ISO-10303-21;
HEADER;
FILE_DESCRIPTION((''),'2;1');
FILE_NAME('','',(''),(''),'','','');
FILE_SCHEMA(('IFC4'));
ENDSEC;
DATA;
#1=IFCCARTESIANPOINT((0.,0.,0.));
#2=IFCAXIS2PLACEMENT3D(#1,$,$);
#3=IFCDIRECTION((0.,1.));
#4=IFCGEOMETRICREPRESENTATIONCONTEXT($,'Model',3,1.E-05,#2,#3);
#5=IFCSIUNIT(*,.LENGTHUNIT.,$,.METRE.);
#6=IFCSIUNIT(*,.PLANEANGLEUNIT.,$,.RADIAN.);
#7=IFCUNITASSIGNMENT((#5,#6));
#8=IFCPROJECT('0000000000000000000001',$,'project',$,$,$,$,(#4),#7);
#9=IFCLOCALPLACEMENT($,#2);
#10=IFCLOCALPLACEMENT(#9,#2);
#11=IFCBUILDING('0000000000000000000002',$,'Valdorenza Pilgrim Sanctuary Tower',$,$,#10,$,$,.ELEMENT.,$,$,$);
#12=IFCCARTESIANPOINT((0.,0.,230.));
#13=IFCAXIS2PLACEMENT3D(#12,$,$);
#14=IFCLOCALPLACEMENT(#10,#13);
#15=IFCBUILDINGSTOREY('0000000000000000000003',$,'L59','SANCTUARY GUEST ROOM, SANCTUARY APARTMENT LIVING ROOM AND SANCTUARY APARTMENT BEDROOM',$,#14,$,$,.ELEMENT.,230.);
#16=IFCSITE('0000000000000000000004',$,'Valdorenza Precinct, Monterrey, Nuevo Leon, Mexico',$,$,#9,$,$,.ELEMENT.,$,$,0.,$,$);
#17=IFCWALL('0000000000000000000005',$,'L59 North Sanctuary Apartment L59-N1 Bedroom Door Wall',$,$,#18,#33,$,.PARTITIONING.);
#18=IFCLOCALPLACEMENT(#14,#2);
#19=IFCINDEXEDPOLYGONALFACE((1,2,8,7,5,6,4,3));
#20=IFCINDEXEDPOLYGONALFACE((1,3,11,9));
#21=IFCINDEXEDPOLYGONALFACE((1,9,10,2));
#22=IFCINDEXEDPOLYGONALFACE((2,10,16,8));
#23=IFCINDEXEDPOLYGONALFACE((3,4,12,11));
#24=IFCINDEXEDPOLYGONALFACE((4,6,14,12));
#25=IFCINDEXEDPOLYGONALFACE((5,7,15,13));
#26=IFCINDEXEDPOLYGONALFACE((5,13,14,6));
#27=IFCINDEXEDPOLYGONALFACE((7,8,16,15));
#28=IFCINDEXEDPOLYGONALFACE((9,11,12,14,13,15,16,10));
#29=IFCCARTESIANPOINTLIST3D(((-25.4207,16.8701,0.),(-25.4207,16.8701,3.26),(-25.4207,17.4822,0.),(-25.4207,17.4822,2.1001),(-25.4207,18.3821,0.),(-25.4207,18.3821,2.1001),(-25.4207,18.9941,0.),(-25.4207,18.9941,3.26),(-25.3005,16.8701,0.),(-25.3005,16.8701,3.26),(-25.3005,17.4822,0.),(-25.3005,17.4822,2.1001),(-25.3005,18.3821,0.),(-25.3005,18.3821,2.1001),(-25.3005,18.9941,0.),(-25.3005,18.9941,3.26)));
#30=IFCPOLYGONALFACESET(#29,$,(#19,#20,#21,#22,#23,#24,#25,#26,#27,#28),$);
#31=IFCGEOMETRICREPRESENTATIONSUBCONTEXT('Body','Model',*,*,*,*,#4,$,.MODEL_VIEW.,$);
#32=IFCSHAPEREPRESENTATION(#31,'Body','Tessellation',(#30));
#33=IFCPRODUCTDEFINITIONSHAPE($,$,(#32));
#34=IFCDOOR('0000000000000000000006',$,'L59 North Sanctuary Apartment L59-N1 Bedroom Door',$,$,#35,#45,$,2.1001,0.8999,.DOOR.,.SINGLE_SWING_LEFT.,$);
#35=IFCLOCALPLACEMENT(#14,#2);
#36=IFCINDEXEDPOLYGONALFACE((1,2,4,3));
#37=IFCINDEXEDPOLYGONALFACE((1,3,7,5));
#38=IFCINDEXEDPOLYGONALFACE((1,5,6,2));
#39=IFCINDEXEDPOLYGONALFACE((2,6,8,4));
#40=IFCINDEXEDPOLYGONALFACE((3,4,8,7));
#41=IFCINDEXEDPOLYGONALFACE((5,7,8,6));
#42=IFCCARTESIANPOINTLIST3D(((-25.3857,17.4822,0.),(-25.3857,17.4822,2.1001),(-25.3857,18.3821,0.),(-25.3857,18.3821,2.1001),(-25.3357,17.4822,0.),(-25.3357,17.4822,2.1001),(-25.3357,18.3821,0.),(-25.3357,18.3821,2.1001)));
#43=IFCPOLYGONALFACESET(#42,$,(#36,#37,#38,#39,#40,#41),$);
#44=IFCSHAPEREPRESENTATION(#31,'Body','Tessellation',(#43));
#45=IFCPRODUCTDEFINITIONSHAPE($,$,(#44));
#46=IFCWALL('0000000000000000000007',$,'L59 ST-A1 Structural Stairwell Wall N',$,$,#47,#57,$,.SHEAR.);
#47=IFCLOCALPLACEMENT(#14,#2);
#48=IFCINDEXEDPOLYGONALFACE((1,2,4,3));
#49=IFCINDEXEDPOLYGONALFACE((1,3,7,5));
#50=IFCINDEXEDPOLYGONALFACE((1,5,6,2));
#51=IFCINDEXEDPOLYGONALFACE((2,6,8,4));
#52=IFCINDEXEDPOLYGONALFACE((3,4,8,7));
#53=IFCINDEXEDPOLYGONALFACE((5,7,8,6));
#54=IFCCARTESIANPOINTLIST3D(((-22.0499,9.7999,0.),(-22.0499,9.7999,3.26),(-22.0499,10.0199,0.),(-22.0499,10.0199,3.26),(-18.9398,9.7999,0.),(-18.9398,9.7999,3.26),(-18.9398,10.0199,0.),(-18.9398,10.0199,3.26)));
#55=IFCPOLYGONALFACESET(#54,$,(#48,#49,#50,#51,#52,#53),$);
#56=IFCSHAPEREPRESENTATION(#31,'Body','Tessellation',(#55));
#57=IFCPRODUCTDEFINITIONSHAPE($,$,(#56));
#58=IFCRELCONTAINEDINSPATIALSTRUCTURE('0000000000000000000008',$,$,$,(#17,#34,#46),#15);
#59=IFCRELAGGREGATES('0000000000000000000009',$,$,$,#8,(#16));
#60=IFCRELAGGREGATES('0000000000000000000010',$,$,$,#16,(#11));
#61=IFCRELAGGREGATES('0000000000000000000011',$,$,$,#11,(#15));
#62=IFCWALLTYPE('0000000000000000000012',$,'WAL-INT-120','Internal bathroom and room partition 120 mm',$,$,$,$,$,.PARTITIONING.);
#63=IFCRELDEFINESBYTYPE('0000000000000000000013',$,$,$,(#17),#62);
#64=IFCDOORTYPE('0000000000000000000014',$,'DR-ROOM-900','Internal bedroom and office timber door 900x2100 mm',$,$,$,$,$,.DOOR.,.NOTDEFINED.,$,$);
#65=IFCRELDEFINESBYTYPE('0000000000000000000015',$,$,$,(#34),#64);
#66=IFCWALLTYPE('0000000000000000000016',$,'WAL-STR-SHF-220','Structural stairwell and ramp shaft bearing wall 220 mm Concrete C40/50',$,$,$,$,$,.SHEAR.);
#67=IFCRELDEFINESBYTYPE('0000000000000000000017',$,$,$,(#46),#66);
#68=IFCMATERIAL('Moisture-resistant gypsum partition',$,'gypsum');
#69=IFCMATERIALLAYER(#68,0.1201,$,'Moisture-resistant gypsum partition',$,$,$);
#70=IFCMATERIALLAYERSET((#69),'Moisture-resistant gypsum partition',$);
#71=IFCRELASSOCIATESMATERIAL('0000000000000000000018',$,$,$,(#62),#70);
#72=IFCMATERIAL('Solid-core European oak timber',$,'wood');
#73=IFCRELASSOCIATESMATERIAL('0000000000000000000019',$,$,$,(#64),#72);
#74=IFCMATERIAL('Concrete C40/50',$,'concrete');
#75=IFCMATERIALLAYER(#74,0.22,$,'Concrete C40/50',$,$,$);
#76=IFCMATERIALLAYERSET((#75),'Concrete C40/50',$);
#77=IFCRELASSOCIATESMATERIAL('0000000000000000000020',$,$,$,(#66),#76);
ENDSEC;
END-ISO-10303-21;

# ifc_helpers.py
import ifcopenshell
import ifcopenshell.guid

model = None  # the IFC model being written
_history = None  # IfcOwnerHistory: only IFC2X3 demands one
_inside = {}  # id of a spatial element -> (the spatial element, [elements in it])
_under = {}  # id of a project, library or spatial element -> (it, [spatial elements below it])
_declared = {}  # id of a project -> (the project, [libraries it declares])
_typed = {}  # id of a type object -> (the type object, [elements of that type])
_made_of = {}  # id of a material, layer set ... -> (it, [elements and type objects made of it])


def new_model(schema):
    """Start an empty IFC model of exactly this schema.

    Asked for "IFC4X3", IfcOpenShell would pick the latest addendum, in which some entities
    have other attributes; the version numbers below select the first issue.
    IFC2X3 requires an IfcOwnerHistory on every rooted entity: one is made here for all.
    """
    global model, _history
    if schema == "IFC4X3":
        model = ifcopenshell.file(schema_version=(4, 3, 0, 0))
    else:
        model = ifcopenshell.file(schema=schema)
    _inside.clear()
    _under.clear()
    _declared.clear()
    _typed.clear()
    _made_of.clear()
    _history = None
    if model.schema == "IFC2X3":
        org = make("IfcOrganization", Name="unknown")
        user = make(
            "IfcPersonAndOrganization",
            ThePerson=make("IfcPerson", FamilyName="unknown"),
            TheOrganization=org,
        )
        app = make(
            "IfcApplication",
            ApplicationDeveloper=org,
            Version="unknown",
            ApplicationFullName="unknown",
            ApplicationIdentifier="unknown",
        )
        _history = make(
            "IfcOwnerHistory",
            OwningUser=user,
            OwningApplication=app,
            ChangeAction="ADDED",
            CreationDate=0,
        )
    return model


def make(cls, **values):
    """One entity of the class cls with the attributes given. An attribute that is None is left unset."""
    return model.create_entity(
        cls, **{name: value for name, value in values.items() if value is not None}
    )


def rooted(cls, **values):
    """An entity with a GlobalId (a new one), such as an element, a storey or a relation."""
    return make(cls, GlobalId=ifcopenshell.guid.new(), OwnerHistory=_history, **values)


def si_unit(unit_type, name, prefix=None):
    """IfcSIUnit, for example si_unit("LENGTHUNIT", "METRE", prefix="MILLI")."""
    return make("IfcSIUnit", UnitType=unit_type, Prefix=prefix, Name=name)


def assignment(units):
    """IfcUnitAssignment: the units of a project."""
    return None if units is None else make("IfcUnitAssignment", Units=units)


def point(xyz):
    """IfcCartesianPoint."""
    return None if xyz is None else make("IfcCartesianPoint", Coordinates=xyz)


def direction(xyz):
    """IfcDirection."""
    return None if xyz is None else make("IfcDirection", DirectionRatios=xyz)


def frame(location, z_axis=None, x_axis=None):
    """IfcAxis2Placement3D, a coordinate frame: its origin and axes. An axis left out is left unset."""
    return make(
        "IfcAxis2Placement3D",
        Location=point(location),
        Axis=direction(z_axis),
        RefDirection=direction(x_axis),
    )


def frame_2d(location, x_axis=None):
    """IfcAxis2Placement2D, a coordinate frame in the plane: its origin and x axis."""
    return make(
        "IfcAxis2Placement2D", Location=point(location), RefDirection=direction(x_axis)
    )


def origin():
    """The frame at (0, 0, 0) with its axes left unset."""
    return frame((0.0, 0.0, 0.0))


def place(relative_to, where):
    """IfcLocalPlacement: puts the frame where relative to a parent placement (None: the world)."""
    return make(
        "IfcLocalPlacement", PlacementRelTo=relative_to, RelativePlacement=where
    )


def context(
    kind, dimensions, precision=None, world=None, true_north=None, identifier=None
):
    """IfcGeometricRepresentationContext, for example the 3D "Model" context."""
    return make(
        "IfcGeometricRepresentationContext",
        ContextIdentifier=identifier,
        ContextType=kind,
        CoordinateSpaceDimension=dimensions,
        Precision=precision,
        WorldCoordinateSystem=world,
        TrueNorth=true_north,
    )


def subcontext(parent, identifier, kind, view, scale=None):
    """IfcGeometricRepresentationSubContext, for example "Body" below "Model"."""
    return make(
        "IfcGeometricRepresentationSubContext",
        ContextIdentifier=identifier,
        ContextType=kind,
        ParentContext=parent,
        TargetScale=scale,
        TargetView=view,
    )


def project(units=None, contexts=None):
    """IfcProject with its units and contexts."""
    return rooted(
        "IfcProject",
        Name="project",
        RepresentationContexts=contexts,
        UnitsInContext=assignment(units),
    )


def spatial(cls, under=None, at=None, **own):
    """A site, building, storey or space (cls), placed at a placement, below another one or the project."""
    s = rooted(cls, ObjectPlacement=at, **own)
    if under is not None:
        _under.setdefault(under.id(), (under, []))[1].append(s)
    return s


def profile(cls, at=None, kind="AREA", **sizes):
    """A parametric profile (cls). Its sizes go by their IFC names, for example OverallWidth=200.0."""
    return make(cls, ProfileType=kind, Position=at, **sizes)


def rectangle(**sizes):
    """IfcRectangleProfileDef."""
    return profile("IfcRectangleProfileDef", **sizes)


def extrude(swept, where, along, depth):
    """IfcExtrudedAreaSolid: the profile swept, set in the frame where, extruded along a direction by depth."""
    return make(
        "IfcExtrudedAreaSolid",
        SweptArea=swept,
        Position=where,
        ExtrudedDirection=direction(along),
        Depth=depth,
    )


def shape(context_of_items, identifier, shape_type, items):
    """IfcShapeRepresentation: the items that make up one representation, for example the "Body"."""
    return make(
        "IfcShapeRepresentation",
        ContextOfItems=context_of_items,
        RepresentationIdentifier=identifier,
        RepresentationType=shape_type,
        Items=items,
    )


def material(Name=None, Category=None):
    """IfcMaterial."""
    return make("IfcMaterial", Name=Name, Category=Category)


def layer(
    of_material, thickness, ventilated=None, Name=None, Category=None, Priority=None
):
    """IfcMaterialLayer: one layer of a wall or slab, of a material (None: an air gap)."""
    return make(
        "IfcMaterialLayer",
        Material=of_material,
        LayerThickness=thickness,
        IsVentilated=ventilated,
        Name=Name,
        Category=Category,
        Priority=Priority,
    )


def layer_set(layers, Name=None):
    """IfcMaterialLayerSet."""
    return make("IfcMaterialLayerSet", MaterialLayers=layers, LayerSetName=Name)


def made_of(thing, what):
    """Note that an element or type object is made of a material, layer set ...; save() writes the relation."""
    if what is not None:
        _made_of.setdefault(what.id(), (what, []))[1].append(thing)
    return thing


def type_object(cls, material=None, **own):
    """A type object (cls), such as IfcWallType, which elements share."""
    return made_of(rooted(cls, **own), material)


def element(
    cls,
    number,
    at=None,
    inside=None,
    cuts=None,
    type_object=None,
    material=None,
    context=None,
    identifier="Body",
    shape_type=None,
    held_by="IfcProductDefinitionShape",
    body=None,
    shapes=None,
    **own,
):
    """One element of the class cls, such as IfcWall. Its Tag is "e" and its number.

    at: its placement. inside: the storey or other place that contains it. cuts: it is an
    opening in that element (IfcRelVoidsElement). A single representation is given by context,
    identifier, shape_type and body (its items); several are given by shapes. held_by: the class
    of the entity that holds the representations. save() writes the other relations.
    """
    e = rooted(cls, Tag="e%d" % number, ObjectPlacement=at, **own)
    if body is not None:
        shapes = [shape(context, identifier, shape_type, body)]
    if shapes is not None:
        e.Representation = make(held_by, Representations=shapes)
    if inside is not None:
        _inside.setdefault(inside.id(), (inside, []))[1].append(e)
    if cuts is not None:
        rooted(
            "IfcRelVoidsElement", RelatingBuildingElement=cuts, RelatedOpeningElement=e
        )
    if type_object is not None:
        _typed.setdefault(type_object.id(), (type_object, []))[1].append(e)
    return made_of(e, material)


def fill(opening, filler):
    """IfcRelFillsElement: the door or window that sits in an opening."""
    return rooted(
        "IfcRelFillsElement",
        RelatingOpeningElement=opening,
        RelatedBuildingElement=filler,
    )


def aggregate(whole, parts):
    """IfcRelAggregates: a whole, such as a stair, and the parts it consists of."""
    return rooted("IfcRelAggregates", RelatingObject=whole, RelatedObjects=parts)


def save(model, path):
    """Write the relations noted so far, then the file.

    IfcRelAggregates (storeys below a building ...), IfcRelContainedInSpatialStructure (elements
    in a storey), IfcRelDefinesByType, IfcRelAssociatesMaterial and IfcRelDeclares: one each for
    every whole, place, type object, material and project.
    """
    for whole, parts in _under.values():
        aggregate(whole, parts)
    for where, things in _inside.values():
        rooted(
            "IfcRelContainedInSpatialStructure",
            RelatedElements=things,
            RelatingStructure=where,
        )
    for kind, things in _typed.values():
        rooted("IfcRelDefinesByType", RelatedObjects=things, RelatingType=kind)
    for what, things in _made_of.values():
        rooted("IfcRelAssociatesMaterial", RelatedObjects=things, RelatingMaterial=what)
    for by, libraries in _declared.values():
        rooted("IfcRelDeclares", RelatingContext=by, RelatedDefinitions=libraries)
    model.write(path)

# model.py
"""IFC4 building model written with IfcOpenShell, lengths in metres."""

from ifc_helpers import new_model, si_unit, direction, frame, frame_2d, origin, place, context, subcontext, project, spatial, rectangle, extrude, material, layer, layer_set, type_object, element, fill, save


model = new_model("IFC4")

# Units and contexts
model_context = context("Model", 3, precision=1e-05, world=origin(), true_north=direction((0.0, 1.0)))
body_context = subcontext(model_context, "Body", "Model", "MODEL_VIEW")
ifc_project = project(units=[si_unit("LENGTHUNIT", "METRE"), si_unit("PLANEANGLEUNIT", "RADIAN")], contexts=[model_context])

# Site, building, storey
site_placement = place(None, origin())
site = spatial("IfcSite", under=ifc_project, at=site_placement, Name="Valdorenza Precinct, Monterrey, Nuevo Leon, Mexico", CompositionType="ELEMENT", RefElevation=0.0)
building_placement = place(site_placement, origin())
building = spatial("IfcBuilding", under=site, at=building_placement, Name="Valdorenza Pilgrim Sanctuary Tower", CompositionType="ELEMENT")
storey_placement = place(building_placement, frame((0.0, 0.0, 230.0)))
storey = spatial("IfcBuildingStorey", under=building, at=storey_placement, Name="L59", Description="SANCTUARY GUEST ROOM, SANCTUARY APARTMENT LIVING ROOM AND SANCTUARY APARTMENT BEDROOM", CompositionType="ELEMENT", Elevation=230.0)

# Shared definitions
ifc_material_1 = material(Name="Moisture-resistant gypsum partition", Category="gypsum")
ifc_layer_1 = layer(ifc_material_1, 0.1201, Name="Moisture-resistant gypsum partition")
ifc_layer_set_1 = layer_set([ifc_layer_1], Name="Moisture-resistant gypsum partition")
wall_type_1 = type_object("IfcWallType", Name="WAL-INT-120", Description="Internal bathroom and room partition 120 mm", PredefinedType="PARTITIONING", material=ifc_layer_set_1)

# Wall, opening, door
ifc_material_2 = material(Name="Solid-core European oak timber", Category="wood")
door_type_1 = type_object("IfcDoorType", Name="DR-ROOM-900", Description="Internal bedroom and office timber door 900x2100 mm", OperationType="NOTDEFINED", PredefinedType="DOOR", material=ifc_material_2)
wall_1_placement = place(storey_placement, frame((-25.3606, 16.8701, 0.0), z_axis=(0.0, 0.0, 1.0), x_axis=(0.0, 1.0, 0.0)))
wall_1 = element("IfcWall", 1, at=wall_1_placement, inside=storey, type_object=wall_type_1, Name="L59 North Sanctuary Apartment L59-N1 Bedroom Door Wall", PredefinedType="PARTITIONING", context=body_context, shape_type="SweptSolid", body=[
    extrude(rectangle(XDim=2.124, YDim=0.1201, at=frame_2d((1.062, 0.0))), origin(), (0.0, 0.0, 1.0), 3.26),
])
opening_1_placement = place(wall_1_placement, frame((0.6121, 0.0, 0.0)))
opening_1 = element("IfcOpeningElement", 2, at=opening_1_placement, cuts=wall_1, PredefinedType="OPENING", context=body_context, shape_type="SweptSolid", body=[
    extrude(rectangle(XDim=0.8999, YDim=2.1001, at=frame_2d((0.45, 1.05))), frame((0.0, 0.075, 0.0), z_axis=(0.0, -1.0, 0.0), x_axis=(1.0, 0.0, 0.0)), (0.0, 0.0, 1.0), 0.1499),
])
door_1_placement = place(opening_1_placement, frame((0.8999, 0.0, 0.0), z_axis=(0.0, 0.0, 1.0), x_axis=(-1.0, 0.0, 0.0)))
door_1 = element("IfcDoor", 3, at=door_1_placement, inside=storey, type_object=door_type_1, Name="L59 North Sanctuary Apartment L59-N1 Bedroom Door", OperationType="SINGLE_SWING_LEFT", OverallHeight=2.1001, OverallWidth=0.8999, PredefinedType="DOOR", context=body_context, shape_type="SweptSolid", body=[
    extrude(rectangle(XDim=0.8999, YDim=2.1001, at=frame_2d((0.45, 1.05))), frame((0.0, 0.0249, 0.0), z_axis=(0.0, -1.0, 0.0), x_axis=(1.0, 0.0, 0.0)), (0.0, 0.0, 1.0), 0.05),
])
fill(opening_1, door_1)

# Wall
ifc_material_3 = material(Name="Concrete C40/50", Category="concrete")
ifc_layer_2 = layer(ifc_material_3, 0.22, Name="Concrete C40/50")
ifc_layer_set_2 = layer_set([ifc_layer_2], Name="Concrete C40/50")
wall_type_2 = type_object("IfcWallType", Name="WAL-STR-SHF-220", Description="Structural stairwell and ramp shaft bearing wall 220 mm Concrete C40/50", PredefinedType="SHEAR", material=ifc_layer_set_2)
wall_2_placement = place(storey_placement, frame((-22.05, 9.9099, 0.0), z_axis=(0.0, 0.0, 1.0), x_axis=(1.0, 0.0, 0.0)))
element("IfcWall", 4, at=wall_2_placement, inside=storey, type_object=wall_type_2, Name="L59 ST-A1 Structural Stairwell Wall N", PredefinedType="SHEAR", context=body_context, shape_type="SweptSolid", body=[
    extrude(rectangle(XDim=3.1101, YDim=0.22, at=frame_2d((1.5552, 0.0))), origin(), (0.0, 0.0, 1.0), 3.26),
])

save(model, "model.ifc")
